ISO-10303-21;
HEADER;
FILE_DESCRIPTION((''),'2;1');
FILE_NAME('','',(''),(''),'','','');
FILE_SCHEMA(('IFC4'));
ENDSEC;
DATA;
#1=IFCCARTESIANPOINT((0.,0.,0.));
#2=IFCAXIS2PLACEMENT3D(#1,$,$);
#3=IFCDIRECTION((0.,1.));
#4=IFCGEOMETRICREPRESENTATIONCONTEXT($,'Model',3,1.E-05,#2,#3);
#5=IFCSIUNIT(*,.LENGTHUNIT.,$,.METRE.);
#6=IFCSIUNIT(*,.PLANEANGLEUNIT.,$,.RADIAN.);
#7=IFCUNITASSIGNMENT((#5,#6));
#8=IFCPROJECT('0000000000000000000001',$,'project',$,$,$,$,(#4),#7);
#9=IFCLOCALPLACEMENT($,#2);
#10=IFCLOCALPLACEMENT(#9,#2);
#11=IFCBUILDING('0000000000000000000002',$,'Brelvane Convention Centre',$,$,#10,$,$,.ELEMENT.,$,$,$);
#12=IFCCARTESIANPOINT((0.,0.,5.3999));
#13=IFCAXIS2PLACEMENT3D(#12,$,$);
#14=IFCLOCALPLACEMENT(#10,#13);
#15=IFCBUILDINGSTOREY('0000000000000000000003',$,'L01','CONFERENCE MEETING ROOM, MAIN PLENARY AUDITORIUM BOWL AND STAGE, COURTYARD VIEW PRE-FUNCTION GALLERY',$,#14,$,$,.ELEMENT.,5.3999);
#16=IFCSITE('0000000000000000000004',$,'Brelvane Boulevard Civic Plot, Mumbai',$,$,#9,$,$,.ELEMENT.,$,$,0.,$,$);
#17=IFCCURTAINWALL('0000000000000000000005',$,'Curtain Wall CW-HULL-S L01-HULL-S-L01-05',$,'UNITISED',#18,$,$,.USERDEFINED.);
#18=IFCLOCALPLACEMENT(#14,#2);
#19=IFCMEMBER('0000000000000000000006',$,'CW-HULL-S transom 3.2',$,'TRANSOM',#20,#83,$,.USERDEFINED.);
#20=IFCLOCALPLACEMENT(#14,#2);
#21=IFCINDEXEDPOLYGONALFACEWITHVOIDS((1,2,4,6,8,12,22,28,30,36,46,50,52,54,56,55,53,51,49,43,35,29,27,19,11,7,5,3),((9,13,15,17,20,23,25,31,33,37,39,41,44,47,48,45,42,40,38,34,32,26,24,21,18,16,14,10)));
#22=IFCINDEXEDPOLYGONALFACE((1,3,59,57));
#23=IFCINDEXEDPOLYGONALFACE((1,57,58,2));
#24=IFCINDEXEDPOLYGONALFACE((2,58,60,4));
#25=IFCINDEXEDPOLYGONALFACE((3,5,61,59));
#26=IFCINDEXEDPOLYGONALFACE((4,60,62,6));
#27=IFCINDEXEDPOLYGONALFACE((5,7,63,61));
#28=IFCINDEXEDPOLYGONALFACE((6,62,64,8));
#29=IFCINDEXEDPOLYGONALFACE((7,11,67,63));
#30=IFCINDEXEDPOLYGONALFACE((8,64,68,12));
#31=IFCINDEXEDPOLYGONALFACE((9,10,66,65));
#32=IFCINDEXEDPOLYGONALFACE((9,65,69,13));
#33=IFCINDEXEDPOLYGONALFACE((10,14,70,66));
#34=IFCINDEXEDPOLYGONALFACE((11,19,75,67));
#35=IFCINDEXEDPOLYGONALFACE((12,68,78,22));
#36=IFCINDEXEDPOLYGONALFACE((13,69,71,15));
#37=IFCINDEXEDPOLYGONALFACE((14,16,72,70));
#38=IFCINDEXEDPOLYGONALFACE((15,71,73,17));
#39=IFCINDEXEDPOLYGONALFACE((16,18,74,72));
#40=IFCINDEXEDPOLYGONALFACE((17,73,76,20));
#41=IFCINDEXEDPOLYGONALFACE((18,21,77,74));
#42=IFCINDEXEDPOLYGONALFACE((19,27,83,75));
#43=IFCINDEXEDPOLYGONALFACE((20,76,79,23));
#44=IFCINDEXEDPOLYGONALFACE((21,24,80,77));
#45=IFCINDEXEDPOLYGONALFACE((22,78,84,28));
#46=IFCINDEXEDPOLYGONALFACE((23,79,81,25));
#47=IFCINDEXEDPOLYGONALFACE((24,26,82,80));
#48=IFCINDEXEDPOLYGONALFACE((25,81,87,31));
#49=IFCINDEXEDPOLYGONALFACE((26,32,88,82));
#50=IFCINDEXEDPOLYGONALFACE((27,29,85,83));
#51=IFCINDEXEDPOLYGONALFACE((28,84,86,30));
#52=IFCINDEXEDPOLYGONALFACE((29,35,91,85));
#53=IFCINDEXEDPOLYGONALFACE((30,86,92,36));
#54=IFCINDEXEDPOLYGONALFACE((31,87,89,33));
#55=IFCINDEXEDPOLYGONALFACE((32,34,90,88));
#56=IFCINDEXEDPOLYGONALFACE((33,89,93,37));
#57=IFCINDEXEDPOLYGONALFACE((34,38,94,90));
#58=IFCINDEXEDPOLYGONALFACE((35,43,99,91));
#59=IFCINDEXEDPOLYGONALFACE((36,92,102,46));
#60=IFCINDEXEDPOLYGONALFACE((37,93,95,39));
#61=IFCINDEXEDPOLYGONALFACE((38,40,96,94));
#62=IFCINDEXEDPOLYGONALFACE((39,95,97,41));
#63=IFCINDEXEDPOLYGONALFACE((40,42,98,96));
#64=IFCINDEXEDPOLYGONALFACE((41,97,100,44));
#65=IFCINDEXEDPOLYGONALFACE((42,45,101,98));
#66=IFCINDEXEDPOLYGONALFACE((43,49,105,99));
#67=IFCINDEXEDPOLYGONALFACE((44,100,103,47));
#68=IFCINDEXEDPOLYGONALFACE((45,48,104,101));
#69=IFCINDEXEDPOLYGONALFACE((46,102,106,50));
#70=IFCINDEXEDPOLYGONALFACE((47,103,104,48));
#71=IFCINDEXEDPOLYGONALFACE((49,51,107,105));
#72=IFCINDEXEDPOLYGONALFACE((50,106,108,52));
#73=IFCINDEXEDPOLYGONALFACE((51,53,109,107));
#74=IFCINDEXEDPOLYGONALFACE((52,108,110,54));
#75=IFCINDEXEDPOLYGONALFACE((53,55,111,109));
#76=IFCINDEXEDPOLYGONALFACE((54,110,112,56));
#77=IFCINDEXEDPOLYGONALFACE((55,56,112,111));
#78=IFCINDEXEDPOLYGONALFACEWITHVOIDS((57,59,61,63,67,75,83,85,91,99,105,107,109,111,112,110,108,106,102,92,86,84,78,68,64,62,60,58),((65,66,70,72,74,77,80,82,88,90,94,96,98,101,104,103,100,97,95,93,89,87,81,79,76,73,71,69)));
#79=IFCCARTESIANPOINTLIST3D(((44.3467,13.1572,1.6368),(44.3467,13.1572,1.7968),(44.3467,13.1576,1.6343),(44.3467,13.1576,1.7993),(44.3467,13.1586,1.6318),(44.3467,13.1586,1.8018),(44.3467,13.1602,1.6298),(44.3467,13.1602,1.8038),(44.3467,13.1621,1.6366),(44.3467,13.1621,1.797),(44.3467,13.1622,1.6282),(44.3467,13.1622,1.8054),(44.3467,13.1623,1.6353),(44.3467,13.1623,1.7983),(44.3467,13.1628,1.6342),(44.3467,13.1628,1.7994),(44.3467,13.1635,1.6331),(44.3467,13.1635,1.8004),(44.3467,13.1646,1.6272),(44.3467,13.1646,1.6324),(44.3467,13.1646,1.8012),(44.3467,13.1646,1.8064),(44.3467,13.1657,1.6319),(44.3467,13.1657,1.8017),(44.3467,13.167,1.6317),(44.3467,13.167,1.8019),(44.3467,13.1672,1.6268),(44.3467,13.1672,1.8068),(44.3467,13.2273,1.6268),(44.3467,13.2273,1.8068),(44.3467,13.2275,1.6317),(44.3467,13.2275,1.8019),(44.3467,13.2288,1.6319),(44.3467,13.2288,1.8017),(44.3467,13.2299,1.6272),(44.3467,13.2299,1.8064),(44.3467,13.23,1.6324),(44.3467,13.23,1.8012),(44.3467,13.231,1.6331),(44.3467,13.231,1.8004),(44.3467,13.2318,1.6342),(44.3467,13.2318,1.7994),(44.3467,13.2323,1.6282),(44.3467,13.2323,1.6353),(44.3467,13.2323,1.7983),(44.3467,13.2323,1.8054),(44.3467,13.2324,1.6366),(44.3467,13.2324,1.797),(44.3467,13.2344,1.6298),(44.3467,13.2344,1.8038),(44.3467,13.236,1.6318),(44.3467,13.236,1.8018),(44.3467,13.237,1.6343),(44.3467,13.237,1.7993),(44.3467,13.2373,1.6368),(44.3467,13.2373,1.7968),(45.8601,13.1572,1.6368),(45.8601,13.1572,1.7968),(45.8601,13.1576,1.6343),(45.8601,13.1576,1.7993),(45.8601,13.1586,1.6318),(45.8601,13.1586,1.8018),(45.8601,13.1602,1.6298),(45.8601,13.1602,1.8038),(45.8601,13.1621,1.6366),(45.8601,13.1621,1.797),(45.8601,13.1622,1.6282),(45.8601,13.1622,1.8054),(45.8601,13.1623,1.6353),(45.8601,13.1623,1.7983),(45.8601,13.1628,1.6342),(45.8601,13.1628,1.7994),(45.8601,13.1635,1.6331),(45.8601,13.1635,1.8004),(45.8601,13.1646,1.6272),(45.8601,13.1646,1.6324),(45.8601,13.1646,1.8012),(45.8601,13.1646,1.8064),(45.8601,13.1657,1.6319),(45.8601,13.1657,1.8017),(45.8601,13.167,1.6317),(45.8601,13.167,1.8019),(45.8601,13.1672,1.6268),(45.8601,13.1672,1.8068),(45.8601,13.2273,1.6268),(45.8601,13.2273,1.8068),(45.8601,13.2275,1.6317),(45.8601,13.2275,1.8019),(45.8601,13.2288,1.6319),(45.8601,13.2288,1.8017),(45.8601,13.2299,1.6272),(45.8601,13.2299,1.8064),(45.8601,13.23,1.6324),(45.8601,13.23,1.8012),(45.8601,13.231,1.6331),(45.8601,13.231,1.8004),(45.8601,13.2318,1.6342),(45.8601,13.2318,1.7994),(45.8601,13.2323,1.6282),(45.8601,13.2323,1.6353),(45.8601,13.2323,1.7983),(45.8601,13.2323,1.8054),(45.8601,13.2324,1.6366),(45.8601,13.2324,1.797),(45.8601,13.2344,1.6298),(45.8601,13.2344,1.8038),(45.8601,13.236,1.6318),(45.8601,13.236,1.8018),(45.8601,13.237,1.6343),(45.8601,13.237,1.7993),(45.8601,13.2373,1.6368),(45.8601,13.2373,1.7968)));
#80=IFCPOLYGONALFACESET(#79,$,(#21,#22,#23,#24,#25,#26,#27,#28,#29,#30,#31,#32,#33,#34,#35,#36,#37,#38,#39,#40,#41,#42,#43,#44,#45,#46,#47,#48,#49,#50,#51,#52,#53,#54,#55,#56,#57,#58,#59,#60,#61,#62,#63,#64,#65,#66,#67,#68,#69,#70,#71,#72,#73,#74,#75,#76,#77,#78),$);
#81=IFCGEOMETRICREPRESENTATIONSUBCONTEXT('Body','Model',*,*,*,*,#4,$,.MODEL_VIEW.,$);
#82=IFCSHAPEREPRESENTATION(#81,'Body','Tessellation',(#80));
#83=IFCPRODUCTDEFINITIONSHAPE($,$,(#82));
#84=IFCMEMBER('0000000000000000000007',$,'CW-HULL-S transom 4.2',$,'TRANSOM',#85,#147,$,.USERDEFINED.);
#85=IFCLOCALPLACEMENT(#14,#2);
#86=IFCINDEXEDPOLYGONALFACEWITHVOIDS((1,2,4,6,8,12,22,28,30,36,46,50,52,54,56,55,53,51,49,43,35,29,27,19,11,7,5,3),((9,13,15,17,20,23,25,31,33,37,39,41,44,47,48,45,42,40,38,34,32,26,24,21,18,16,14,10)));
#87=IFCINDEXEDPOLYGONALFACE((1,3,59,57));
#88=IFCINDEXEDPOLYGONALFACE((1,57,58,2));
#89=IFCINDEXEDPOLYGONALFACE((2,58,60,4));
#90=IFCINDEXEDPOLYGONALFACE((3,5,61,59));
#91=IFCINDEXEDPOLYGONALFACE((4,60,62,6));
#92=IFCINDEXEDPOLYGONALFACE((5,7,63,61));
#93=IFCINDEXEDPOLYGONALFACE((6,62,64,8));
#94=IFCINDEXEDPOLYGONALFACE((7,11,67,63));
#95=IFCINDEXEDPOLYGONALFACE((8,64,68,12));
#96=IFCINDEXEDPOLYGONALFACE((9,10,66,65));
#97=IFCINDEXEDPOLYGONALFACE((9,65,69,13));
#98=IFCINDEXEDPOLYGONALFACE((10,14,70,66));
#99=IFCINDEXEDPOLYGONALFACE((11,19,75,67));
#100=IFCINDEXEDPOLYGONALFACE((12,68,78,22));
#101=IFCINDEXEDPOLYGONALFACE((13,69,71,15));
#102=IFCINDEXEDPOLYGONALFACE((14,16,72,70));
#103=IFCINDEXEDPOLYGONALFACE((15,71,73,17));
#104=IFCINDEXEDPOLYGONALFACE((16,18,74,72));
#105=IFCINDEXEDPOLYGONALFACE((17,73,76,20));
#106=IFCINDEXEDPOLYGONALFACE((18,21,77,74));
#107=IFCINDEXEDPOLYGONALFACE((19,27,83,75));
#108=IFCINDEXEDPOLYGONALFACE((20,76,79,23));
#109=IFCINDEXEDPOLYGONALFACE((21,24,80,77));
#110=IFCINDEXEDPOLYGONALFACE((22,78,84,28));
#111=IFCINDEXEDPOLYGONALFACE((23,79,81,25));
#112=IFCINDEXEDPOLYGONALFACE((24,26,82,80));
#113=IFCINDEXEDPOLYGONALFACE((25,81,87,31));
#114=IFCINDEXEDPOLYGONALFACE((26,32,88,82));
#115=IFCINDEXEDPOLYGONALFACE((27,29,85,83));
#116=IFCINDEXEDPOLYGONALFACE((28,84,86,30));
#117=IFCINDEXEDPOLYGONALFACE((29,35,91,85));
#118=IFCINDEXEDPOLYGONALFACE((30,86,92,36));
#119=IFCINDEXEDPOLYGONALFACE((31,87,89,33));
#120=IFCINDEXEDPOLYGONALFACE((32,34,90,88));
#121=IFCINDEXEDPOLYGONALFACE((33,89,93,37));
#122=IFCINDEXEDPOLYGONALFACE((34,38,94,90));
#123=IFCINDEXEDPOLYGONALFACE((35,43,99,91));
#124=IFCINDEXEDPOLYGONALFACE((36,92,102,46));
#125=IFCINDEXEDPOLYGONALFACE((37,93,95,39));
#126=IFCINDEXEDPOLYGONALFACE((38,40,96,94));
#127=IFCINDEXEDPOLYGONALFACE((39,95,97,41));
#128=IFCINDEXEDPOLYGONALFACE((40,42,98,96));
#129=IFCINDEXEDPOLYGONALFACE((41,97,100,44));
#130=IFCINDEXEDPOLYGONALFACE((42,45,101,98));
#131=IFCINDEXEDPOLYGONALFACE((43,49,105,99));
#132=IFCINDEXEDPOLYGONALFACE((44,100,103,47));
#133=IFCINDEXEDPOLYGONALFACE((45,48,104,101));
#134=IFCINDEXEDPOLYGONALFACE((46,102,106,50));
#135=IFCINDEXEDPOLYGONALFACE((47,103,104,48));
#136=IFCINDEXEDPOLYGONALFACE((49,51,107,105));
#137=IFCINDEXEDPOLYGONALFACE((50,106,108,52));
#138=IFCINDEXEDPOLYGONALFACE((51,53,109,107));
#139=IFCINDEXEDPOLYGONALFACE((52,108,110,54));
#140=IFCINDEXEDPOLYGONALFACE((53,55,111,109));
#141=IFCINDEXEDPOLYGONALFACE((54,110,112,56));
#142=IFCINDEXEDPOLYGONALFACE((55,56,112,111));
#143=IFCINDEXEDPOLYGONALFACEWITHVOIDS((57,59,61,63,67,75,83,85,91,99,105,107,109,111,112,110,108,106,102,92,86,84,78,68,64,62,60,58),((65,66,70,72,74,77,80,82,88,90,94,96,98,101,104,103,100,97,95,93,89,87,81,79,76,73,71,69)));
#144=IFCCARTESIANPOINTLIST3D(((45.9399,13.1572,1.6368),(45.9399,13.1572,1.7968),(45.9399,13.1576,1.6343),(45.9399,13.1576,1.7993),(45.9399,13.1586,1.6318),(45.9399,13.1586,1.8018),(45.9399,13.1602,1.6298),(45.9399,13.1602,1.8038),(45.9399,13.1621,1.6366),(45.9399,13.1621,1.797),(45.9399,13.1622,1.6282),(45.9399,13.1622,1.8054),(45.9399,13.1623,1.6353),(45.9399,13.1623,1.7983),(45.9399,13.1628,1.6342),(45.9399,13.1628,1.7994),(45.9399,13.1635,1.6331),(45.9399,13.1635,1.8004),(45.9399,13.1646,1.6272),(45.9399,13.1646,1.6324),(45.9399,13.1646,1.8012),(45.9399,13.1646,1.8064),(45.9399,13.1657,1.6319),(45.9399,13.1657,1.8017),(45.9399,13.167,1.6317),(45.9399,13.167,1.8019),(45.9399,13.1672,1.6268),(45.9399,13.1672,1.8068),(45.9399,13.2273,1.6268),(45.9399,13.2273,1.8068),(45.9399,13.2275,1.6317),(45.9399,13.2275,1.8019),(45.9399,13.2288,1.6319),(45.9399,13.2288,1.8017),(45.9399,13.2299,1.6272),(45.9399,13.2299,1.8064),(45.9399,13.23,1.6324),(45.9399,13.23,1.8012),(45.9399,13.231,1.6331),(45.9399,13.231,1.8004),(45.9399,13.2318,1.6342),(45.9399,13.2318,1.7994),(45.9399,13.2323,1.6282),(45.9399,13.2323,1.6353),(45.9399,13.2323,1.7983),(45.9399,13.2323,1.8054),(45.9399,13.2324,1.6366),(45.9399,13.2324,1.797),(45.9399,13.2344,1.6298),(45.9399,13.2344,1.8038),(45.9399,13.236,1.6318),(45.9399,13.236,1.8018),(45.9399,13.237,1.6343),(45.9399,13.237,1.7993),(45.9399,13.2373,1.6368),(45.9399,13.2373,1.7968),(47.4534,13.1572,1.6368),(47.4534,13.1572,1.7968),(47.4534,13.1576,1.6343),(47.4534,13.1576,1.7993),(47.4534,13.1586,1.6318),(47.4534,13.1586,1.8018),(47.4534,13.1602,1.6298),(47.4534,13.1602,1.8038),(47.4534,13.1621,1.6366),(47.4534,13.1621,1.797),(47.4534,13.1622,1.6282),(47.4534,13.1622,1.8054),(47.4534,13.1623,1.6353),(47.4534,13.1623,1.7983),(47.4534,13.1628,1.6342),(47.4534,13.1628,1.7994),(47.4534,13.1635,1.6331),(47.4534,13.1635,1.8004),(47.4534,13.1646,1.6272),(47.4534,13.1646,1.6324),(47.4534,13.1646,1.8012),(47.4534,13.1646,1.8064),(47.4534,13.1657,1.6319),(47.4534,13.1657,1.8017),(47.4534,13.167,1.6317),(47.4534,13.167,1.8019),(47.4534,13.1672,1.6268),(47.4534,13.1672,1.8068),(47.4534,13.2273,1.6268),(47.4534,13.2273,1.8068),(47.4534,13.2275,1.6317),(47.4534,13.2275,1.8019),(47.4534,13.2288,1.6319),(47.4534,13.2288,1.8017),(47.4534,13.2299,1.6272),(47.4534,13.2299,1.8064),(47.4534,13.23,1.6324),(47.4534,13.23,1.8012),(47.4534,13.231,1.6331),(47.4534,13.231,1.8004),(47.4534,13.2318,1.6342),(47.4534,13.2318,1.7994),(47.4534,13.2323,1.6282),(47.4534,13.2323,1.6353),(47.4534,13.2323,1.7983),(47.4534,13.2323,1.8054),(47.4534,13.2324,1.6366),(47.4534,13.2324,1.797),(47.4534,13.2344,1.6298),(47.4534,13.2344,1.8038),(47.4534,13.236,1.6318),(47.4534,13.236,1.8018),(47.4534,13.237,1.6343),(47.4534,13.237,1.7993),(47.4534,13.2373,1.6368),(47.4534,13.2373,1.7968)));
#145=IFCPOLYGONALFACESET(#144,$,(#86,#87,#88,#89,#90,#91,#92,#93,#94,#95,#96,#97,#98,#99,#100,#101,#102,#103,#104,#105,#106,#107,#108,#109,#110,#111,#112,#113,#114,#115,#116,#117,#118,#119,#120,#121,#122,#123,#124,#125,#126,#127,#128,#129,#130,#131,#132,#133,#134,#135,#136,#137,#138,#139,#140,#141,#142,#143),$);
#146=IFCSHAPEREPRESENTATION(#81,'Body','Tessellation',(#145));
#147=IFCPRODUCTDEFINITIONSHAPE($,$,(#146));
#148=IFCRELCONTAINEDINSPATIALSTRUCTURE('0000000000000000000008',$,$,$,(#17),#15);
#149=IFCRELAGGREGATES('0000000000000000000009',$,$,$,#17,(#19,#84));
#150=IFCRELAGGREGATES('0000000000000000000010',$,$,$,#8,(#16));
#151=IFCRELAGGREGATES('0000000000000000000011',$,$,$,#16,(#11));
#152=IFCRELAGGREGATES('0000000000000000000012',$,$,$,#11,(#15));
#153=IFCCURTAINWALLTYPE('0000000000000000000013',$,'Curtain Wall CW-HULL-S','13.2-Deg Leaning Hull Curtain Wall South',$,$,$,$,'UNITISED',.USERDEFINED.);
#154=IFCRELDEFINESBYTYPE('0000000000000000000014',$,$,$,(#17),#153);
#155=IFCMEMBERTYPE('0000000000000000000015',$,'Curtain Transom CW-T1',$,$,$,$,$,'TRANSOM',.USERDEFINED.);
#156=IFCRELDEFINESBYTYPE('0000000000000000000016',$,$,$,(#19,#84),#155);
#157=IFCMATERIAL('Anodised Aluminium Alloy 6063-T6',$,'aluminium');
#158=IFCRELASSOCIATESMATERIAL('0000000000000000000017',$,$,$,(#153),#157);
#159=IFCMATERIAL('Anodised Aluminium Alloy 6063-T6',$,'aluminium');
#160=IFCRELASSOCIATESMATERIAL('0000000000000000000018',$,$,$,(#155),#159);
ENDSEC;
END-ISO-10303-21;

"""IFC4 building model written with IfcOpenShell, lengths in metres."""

from ifc_helpers import new_model, si_unit, direction, frame, origin, origin_2d, place, context, subcontext, project, spatial, hollow_rectangle, extrude, material, material_profile, profile_set, type_object, element, aggregate, save


model = new_model("IFC4")

# Units and contexts
model_context = context("Model", 3, precision=1e-05, world=origin(), true_north=direction((0.0, 1.0)))
body_context = subcontext(model_context, "Body", "Model", "MODEL_VIEW")
ifc_project = project(units=[si_unit("LENGTHUNIT", "METRE"), si_unit("PLANEANGLEUNIT", "RADIAN")], contexts=[model_context])

# Site, building, storey
site_placement = place(None, origin())
site = spatial("IfcSite", under=ifc_project, at=site_placement, Name="Brelvane Boulevard Civic Plot, Mumbai", CompositionType="ELEMENT", RefElevation=0.0)
building_placement = place(site_placement, origin())
building = spatial("IfcBuilding", under=site, at=building_placement, Name="Brelvane Convention Centre", CompositionType="ELEMENT")
storey_placement = place(building_placement, frame((0.0, 0.0, 5.3999)))
storey = spatial("IfcBuildingStorey", under=building, at=storey_placement, Name="L01", Description="CONFERENCE MEETING ROOM, MAIN PLENARY AUDITORIUM BOWL AND STAGE, COURTYARD VIEW PRE-FUNCTION GALLERY", CompositionType="ELEMENT", Elevation=5.3999)

# Curtain wall, members
ifc_material_1 = material(Name="Anodised Aluminium Alloy 6063-T6", Category="aluminium")
curtain_wall_type = type_object("IfcCurtainWallType", Name="Curtain Wall CW-HULL-S", Description="13.2-Deg Leaning Hull Curtain Wall South", ElementType="UNITISED", PredefinedType="USERDEFINED", material=ifc_material_1)
curtain_wall_1_placement = place(storey_placement, origin())
curtain_wall_1 = element("IfcCurtainWall", 1, at=curtain_wall_1_placement, inside=storey, type_object=curtain_wall_type, Name="Curtain Wall CW-HULL-S L01-HULL-S-L01-05", ObjectType="UNITISED", PredefinedType="USERDEFINED")
ifc_material_2 = material(Name="Anodised Aluminium Alloy 6063-T6", Category="aluminium")
ifc_material_profile = material_profile(ifc_material_2, hollow_rectangle(XDim=0.0801, YDim=0.1799, WallThickness=0.0049, InnerFilletRadius=0.0049, OuterFilletRadius=0.01, at=origin_2d()), Name="ALU-T 180x80x5.0")
ifc_profile_set = profile_set([ifc_material_profile], Name="Anodised Aluminium Alloy 6063-T6")
member_type = type_object("IfcMemberType", Name="Curtain Transom CW-T1", ElementType="TRANSOM", PredefinedType="USERDEFINED", material=ifc_profile_set)
member_1_placement = place(storey_placement, frame((44.3467, 13.1973, 1.7168), z_axis=(1.0, 0.0, 0.0), x_axis=(0.0, 1.0, 0.0)))
member_1 = element("IfcMember", 2, at=member_1_placement, type_object=member_type, Name="CW-HULL-S transom 3.2", ObjectType="TRANSOM", PredefinedType="USERDEFINED", context=body_context, shape_type="SweptSolid", body=[
    extrude(hollow_rectangle(XDim=0.0801, YDim=0.1799, WallThickness=0.0049, InnerFilletRadius=0.0049, OuterFilletRadius=0.01, at=origin_2d()), origin(), (0.0, 0.0, 1.0), 1.5134),
])
member_2_placement = place(storey_placement, frame((45.9399, 13.1973, 1.7168), z_axis=(1.0, 0.0, 0.0), x_axis=(0.0, 1.0, 0.0)))
member_2 = element("IfcMember", 3, at=member_2_placement, type_object=member_type, Name="CW-HULL-S transom 4.2", ObjectType="TRANSOM", PredefinedType="USERDEFINED", context=body_context, shape_type="SweptSolid", body=[
    extrude(hollow_rectangle(XDim=0.0801, YDim=0.1799, WallThickness=0.0049, InnerFilletRadius=0.0049, OuterFilletRadius=0.01, at=origin_2d()), origin(), (0.0, 0.0, 1.0), 1.5134),
])

aggregate(curtain_wall_1, [member_1, member_2])

save(model, "model.ifc")
